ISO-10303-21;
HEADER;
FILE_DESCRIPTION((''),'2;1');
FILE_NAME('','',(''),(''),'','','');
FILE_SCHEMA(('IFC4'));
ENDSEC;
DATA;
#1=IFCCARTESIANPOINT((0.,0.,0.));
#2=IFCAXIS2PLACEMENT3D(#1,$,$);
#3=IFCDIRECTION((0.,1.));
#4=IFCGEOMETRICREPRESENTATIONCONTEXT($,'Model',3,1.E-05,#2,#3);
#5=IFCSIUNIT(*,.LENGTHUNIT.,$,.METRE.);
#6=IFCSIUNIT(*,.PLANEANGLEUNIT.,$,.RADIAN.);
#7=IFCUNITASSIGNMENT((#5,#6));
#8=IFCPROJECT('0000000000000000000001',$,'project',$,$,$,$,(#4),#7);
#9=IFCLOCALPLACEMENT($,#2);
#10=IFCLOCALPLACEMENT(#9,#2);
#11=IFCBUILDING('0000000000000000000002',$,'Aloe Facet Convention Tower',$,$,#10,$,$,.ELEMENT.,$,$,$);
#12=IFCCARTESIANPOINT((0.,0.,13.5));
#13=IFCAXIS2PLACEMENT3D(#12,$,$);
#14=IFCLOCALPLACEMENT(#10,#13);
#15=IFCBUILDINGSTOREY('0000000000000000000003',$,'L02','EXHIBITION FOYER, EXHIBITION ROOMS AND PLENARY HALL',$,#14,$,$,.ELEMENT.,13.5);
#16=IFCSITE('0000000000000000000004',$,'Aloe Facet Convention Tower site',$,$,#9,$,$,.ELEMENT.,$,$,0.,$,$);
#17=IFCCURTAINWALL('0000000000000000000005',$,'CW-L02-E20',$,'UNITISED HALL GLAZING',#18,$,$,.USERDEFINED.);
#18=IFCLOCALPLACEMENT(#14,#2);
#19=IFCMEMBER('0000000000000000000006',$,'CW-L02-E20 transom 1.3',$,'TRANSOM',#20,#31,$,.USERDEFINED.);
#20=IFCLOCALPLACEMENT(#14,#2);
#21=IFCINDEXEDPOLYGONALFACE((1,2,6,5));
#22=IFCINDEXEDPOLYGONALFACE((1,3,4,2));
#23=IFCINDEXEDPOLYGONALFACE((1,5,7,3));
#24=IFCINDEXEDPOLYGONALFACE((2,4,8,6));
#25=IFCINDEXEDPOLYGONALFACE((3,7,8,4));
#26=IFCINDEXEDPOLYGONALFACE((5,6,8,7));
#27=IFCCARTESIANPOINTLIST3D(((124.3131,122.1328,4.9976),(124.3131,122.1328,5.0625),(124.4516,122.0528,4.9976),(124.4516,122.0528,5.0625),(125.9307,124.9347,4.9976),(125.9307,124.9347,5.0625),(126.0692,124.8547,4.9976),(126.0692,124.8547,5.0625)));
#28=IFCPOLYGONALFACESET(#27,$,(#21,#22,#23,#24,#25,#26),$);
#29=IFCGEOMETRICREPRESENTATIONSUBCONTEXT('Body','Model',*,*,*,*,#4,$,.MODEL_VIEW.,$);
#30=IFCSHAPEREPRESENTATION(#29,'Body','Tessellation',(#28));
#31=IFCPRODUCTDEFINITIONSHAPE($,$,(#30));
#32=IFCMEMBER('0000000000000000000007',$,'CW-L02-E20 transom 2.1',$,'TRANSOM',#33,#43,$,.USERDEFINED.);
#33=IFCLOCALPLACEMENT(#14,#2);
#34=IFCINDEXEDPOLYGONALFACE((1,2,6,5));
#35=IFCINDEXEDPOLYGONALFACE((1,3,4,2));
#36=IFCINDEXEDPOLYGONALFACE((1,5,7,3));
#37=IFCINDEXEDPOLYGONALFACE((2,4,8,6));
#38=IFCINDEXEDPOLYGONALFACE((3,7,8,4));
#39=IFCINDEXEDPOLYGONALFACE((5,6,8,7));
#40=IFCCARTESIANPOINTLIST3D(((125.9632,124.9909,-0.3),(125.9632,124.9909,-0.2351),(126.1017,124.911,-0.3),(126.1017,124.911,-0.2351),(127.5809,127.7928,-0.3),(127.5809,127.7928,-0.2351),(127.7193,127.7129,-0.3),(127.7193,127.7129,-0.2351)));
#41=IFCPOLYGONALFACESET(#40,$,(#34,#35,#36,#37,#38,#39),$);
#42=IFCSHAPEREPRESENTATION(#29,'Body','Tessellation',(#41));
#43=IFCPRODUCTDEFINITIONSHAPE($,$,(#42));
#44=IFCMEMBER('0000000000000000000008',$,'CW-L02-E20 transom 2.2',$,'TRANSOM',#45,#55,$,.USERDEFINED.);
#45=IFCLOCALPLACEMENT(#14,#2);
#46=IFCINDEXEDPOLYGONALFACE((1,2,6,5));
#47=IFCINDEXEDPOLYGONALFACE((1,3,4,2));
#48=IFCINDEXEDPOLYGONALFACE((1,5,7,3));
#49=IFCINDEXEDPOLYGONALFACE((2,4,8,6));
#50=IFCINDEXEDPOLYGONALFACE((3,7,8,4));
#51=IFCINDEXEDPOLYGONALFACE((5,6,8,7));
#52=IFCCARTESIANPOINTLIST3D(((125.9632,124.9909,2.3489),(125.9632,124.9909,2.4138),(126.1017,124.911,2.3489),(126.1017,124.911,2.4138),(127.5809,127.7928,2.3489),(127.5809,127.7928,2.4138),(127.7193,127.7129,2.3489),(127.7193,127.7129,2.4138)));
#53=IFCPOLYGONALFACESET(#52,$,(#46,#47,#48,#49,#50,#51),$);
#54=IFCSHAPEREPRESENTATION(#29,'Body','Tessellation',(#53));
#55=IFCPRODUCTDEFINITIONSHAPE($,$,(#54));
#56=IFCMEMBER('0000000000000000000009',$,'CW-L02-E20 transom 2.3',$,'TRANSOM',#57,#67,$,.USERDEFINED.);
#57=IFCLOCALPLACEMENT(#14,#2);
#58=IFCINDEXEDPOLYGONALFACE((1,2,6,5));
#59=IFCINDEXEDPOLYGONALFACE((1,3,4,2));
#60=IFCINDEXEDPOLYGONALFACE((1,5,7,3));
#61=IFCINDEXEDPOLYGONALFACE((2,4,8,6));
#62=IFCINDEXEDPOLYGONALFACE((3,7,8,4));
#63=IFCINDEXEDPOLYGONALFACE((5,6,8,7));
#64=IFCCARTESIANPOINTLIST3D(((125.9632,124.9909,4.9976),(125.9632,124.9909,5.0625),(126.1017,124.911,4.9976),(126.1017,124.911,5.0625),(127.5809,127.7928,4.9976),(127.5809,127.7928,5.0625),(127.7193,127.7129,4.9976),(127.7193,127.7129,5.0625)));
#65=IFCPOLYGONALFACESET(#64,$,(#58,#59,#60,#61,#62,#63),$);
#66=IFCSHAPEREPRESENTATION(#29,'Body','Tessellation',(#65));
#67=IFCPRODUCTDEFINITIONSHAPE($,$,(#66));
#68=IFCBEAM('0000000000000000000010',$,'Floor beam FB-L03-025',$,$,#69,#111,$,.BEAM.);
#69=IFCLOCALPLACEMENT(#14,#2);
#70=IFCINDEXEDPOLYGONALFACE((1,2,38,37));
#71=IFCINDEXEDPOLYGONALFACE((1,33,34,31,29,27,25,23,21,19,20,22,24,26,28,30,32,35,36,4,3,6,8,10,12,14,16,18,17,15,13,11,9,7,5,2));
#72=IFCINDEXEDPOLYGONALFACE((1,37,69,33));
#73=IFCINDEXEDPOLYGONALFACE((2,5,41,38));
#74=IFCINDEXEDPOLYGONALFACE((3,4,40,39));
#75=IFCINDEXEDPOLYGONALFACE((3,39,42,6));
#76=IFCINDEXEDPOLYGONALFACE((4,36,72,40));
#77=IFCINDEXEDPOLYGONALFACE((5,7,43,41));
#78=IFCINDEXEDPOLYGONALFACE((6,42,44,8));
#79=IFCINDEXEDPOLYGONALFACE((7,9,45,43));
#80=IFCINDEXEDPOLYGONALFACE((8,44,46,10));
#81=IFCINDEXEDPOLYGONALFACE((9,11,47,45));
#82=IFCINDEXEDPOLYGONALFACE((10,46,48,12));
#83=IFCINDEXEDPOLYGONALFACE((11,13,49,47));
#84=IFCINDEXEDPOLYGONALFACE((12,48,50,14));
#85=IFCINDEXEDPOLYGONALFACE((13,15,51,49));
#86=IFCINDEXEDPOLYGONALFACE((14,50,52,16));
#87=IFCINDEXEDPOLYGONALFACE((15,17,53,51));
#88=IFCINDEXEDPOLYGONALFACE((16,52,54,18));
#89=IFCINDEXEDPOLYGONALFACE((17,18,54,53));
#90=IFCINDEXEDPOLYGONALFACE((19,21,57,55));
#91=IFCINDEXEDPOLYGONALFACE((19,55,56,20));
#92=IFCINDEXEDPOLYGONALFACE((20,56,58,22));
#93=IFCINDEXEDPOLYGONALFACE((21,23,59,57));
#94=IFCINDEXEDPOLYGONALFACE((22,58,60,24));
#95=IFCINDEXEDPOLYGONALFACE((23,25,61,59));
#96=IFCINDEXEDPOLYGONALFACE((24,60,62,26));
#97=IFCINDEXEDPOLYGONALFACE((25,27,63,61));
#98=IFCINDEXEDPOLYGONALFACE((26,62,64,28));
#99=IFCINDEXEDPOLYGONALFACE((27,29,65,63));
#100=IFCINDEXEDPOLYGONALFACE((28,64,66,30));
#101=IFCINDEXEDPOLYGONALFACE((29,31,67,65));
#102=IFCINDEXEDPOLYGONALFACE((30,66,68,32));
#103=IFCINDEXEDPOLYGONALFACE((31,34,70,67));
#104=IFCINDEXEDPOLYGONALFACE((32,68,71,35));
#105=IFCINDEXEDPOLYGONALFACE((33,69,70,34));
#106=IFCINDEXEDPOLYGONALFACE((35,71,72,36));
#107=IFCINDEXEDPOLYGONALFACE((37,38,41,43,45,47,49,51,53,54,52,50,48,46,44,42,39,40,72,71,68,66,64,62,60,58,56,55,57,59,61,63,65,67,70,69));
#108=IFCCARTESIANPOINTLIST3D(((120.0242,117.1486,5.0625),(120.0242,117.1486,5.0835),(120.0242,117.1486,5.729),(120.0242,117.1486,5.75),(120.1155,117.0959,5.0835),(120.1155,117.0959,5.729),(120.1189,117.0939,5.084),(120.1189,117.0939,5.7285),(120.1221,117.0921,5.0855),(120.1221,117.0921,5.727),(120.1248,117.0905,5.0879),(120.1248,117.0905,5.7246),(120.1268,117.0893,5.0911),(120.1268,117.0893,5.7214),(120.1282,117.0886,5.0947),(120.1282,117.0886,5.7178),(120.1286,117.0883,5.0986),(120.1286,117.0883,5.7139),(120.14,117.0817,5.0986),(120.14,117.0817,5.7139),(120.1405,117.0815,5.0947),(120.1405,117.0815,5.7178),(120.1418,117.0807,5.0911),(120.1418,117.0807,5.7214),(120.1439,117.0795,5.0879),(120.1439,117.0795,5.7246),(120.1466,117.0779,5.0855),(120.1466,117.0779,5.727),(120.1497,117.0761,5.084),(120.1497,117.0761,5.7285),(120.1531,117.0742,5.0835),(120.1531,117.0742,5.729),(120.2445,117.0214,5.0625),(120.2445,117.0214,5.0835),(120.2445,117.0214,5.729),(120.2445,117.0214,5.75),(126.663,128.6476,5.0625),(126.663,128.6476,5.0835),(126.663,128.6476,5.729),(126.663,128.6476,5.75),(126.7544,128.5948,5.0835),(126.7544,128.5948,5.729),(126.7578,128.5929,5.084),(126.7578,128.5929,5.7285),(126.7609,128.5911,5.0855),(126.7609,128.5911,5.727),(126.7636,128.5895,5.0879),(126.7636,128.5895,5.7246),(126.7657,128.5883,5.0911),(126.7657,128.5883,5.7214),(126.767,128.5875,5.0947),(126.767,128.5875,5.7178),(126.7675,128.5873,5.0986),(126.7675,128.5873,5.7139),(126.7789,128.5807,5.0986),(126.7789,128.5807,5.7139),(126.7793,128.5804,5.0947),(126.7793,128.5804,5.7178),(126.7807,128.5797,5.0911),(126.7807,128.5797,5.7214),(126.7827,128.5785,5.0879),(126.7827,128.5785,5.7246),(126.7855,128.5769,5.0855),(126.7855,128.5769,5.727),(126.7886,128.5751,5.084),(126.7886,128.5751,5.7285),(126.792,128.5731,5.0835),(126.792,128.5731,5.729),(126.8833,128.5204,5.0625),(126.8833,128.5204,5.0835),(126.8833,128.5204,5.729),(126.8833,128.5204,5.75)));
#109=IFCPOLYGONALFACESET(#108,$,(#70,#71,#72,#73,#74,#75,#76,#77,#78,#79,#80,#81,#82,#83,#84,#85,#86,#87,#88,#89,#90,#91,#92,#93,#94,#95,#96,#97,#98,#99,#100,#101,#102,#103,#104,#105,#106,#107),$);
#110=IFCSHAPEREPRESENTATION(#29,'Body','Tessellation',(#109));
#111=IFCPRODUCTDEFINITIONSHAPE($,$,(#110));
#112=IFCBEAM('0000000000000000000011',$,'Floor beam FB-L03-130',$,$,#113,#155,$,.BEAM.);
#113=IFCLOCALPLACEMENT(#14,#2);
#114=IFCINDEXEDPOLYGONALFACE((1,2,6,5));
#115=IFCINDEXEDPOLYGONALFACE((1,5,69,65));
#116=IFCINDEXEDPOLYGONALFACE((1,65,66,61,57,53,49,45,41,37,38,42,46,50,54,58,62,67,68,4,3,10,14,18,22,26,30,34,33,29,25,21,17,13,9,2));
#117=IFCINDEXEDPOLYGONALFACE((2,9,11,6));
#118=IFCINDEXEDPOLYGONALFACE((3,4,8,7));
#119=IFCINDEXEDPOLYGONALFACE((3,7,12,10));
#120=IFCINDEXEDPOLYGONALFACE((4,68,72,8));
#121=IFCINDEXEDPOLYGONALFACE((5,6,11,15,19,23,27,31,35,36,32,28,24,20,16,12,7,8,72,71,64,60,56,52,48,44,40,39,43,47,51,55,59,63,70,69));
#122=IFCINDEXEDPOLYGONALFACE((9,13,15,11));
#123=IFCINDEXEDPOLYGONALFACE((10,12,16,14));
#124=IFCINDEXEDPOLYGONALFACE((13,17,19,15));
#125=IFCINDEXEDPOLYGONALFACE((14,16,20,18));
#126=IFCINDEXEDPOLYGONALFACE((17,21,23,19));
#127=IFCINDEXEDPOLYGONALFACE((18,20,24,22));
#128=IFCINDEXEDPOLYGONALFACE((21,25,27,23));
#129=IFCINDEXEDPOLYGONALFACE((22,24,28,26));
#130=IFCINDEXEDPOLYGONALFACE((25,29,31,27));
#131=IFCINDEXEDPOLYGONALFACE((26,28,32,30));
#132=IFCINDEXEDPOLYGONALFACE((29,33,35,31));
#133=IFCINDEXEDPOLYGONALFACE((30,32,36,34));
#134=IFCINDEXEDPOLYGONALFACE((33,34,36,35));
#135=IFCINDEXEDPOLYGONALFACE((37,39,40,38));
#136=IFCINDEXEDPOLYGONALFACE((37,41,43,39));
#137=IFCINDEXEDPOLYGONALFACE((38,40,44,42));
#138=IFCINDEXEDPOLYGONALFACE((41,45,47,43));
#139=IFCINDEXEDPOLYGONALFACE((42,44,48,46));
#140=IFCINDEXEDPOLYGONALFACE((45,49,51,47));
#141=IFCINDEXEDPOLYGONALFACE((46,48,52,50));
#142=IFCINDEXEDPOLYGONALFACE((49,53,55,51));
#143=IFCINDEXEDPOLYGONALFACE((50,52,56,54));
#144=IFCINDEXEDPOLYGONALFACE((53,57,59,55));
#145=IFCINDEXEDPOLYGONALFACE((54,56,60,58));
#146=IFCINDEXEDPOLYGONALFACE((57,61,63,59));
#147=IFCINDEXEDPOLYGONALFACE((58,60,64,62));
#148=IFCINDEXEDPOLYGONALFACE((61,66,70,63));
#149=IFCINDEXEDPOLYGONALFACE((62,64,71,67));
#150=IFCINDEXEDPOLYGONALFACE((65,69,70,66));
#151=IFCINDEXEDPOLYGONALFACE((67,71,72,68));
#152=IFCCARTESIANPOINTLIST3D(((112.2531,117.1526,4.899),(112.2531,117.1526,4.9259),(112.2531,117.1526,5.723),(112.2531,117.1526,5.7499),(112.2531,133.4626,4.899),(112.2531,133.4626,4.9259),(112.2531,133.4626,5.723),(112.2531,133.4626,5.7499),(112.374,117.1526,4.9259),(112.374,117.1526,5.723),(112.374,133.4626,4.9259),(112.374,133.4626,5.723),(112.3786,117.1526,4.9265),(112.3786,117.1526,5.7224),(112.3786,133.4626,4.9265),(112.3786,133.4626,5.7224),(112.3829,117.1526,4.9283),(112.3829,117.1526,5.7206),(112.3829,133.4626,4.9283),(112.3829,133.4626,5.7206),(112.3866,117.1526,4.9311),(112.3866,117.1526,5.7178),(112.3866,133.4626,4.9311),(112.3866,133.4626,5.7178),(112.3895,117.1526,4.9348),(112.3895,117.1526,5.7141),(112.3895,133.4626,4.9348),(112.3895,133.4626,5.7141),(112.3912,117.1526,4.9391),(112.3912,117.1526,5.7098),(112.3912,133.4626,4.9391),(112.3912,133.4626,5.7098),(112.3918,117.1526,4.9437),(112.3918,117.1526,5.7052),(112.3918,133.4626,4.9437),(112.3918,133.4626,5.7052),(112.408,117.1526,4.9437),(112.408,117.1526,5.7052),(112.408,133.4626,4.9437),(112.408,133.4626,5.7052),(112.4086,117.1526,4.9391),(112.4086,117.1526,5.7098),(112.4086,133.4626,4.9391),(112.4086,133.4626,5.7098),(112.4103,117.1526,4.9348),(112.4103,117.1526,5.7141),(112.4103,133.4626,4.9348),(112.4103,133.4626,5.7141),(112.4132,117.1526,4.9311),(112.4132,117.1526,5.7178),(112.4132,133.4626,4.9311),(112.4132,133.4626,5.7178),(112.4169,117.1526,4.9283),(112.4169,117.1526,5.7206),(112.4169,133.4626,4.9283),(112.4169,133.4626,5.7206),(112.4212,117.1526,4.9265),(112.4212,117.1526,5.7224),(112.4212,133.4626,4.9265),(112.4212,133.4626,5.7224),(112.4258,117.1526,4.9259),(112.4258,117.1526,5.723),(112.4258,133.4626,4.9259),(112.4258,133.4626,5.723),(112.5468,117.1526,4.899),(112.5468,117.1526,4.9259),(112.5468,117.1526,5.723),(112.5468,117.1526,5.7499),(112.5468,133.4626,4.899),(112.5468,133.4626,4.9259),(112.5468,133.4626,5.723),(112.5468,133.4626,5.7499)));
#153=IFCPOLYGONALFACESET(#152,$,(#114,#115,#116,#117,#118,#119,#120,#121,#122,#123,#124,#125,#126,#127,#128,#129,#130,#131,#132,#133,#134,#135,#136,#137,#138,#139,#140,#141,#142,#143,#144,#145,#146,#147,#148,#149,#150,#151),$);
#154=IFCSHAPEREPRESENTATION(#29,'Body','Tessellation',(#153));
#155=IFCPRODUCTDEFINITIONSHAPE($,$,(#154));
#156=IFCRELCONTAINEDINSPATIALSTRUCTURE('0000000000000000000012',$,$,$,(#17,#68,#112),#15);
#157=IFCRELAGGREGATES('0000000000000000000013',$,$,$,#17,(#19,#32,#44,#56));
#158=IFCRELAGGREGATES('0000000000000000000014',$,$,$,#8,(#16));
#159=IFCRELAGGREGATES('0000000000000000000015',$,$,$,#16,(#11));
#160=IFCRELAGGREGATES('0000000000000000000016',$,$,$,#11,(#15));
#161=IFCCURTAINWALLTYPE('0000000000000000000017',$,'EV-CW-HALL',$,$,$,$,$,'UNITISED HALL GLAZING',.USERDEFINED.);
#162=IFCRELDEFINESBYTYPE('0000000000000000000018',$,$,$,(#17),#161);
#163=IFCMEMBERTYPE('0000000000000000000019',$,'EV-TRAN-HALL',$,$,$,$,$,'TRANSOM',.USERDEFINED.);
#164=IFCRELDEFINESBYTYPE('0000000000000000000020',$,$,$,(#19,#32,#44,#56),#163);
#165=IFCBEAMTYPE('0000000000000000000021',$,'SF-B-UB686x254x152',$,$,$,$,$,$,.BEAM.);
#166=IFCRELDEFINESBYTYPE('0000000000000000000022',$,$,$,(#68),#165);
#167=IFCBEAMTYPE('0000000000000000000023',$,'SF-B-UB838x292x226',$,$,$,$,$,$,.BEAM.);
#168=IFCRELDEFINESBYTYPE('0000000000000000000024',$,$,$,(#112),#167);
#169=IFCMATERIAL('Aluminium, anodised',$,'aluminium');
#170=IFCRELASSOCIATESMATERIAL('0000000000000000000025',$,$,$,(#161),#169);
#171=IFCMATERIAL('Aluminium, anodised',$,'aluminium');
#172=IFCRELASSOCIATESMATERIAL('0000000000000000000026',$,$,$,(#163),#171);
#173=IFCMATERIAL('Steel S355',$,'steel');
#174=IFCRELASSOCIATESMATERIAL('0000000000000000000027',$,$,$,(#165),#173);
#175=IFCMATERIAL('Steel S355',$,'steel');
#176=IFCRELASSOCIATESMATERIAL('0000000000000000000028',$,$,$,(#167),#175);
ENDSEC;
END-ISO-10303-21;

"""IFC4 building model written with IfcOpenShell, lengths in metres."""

from ifc_helpers import new_model, si_unit, direction, frame, origin, origin_2d, place, context, subcontext, project, spatial, rectangle, i_section, extrude, material, material_profile, profile_set, type_object, element, aggregate, save


model = new_model("IFC4")

# Units and contexts
model_context = context("Model", 3, precision=1e-05, world=origin(), true_north=direction((0.0, 1.0)))
body_context = subcontext(model_context, "Body", "Model", "MODEL_VIEW")
ifc_project = project(units=[si_unit("LENGTHUNIT", "METRE"), si_unit("PLANEANGLEUNIT", "RADIAN")], contexts=[model_context])

# Site, building, storey
site_placement = place(None, origin())
site = spatial("IfcSite", under=ifc_project, at=site_placement, Name="Aloe Facet Convention Tower site", CompositionType="ELEMENT", RefElevation=0.0)
building_placement = place(site_placement, origin())
building = spatial("IfcBuilding", under=site, at=building_placement, Name="Aloe Facet Convention Tower", CompositionType="ELEMENT")
storey_placement = place(building_placement, frame((0.0, 0.0, 13.5)))
storey = spatial("IfcBuildingStorey", under=building, at=storey_placement, Name="L02", Description="EXHIBITION FOYER, EXHIBITION ROOMS AND PLENARY HALL", CompositionType="ELEMENT", Elevation=13.5)

# Curtain wall
ifc_material_1 = material(Name="Aluminium, anodised", Category="aluminium")
curtain_wall_type = type_object("IfcCurtainWallType", Name="EV-CW-HALL", ElementType="UNITISED HALL GLAZING", PredefinedType="USERDEFINED", material=ifc_material_1)
curtain_wall_1_placement = place(storey_placement, origin())
curtain_wall_1 = element("IfcCurtainWall", 1, at=curtain_wall_1_placement, inside=storey, type_object=curtain_wall_type, Name="CW-L02-E20", ObjectType="UNITISED HALL GLAZING", PredefinedType="USERDEFINED")

# Members
ifc_material_2 = material(Name="Aluminium, anodised", Category="aluminium")
ifc_material_profile_1 = material_profile(ifc_material_2, rectangle(XDim=0.1599, YDim=0.0649, at=origin_2d()), Name="AL 160x65")
ifc_profile_set_1 = profile_set([ifc_material_profile_1], Name="Aluminium, anodised")
member_type_1 = type_object("IfcMemberType", Name="EV-TRAN-HALL", ElementType="TRANSOM", PredefinedType="USERDEFINED", material=ifc_profile_set_1)
member_1_placement = place(storey_placement, frame((124.3823, 122.0928, 5.03), z_axis=(0.499986, 0.866034, 0.0), x_axis=(-0.866034, 0.499986, 0.0)))
member_1 = element("IfcMember", 2, at=member_1_placement, type_object=member_type_1, Name="CW-L02-E20 transom 1.3", ObjectType="TRANSOM", PredefinedType="USERDEFINED", context=body_context, shape_type="SweptSolid", body=[
    extrude(rectangle(XDim=0.1599, YDim=0.0649, at=origin_2d()), origin(), (0.0, 0.0, 1.0), 3.2354),
])
member_2_placement = place(storey_placement, frame((126.0325, 124.9509, -0.2676), z_axis=(0.499986, 0.866034, 0.0), x_axis=(-0.866034, 0.499986, 0.0)))
member_2 = element("IfcMember", 3, at=member_2_placement, type_object=member_type_1, Name="CW-L02-E20 transom 2.1", ObjectType="TRANSOM", PredefinedType="USERDEFINED", context=body_context, shape_type="SweptSolid", body=[
    extrude(rectangle(XDim=0.1599, YDim=0.0649, at=origin_2d()), origin(), (0.0, 0.0, 1.0), 3.2354),
])
member_3_placement = place(storey_placement, frame((126.0325, 124.9509, 2.3813), z_axis=(0.499986, 0.866034, 0.0), x_axis=(-0.866034, 0.499986, 0.0)))
member_3 = element("IfcMember", 4, at=member_3_placement, type_object=member_type_1, Name="CW-L02-E20 transom 2.2", ObjectType="TRANSOM", PredefinedType="USERDEFINED", context=body_context, shape_type="SweptSolid", body=[
    extrude(rectangle(XDim=0.1599, YDim=0.0649, at=origin_2d()), origin(), (0.0, 0.0, 1.0), 3.2354),
])
member_4_placement = place(storey_placement, frame((126.0325, 124.9509, 5.03), z_axis=(0.499986, 0.866034, 0.0), x_axis=(-0.866034, 0.499986, 0.0)))
member_4 = element("IfcMember", 5, at=member_4_placement, type_object=member_type_1, Name="CW-L02-E20 transom 2.3", ObjectType="TRANSOM", PredefinedType="USERDEFINED", context=body_context, shape_type="SweptSolid", body=[
    extrude(rectangle(XDim=0.1599, YDim=0.0649, at=origin_2d()), origin(), (0.0, 0.0, 1.0), 3.2354),
])

# Beams
ifc_material_3 = material(Name="Steel S355", Category="steel")
ifc_material_profile_2 = material_profile(ifc_material_3, i_section(OverallWidth=0.2544, OverallDepth=0.6875, WebThickness=0.0132, FlangeThickness=0.021, FilletRadius=0.0151, at=origin_2d()), Name="UB 686x254x152")
ifc_profile_set_2 = profile_set([ifc_material_profile_2], Name="Steel S355")
beam_type_1 = type_object("IfcBeamType", Name="SF-B-UB686x254x152", PredefinedType="BEAM", material=ifc_profile_set_2)
beam_1_placement = place(storey_placement, frame((126.7732, 128.584, 5.4062), z_axis=(-0.499997, -0.866027, 0.0), x_axis=(0.866027, -0.499997, 0.0)))
element("IfcBeam", 6, at=beam_1_placement, inside=storey, type_object=beam_type_1, Name="Floor beam FB-L03-025", PredefinedType="BEAM", context=body_context, shape_type="SweptSolid", body=[
    extrude(i_section(OverallWidth=0.2544, OverallDepth=0.6875, WebThickness=0.0132, FlangeThickness=0.021, FilletRadius=0.0151, at=origin_2d()), origin(), (0.0, 0.0, 1.0), 13.2778),
])
ifc_material_4 = material(Name="Steel S355", Category="steel")
ifc_material_profile_3 = material_profile(ifc_material_4, i_section(OverallWidth=0.2937, OverallDepth=0.8508, WebThickness=0.0161, FlangeThickness=0.0269, FilletRadius=0.0178, at=origin_2d()), Name="UB 838x292x226")
ifc_profile_set_3 = profile_set([ifc_material_profile_3], Name="Steel S355")
beam_type_2 = type_object("IfcBeamType", Name="SF-B-UB838x292x226", PredefinedType="BEAM", material=ifc_profile_set_3)
beam_2_placement = place(storey_placement, frame((112.3999, 117.1526, 5.3245), z_axis=(0.0, 1.0, 0.0), x_axis=(-1.0, 0.0, 0.0)))
element("IfcBeam", 7, at=beam_2_placement, inside=storey, type_object=beam_type_2, Name="Floor beam FB-L03-130", PredefinedType="BEAM", context=body_context, shape_type="SweptSolid", body=[
    extrude(i_section(OverallWidth=0.2937, OverallDepth=0.8508, WebThickness=0.0161, FlangeThickness=0.0269, FilletRadius=0.0178, at=origin_2d()), origin(), (0.0, 0.0, 1.0), 16.3101),
])

aggregate(curtain_wall_1, [member_1, member_2, member_3, member_4])

save(model, "model.ifc")
